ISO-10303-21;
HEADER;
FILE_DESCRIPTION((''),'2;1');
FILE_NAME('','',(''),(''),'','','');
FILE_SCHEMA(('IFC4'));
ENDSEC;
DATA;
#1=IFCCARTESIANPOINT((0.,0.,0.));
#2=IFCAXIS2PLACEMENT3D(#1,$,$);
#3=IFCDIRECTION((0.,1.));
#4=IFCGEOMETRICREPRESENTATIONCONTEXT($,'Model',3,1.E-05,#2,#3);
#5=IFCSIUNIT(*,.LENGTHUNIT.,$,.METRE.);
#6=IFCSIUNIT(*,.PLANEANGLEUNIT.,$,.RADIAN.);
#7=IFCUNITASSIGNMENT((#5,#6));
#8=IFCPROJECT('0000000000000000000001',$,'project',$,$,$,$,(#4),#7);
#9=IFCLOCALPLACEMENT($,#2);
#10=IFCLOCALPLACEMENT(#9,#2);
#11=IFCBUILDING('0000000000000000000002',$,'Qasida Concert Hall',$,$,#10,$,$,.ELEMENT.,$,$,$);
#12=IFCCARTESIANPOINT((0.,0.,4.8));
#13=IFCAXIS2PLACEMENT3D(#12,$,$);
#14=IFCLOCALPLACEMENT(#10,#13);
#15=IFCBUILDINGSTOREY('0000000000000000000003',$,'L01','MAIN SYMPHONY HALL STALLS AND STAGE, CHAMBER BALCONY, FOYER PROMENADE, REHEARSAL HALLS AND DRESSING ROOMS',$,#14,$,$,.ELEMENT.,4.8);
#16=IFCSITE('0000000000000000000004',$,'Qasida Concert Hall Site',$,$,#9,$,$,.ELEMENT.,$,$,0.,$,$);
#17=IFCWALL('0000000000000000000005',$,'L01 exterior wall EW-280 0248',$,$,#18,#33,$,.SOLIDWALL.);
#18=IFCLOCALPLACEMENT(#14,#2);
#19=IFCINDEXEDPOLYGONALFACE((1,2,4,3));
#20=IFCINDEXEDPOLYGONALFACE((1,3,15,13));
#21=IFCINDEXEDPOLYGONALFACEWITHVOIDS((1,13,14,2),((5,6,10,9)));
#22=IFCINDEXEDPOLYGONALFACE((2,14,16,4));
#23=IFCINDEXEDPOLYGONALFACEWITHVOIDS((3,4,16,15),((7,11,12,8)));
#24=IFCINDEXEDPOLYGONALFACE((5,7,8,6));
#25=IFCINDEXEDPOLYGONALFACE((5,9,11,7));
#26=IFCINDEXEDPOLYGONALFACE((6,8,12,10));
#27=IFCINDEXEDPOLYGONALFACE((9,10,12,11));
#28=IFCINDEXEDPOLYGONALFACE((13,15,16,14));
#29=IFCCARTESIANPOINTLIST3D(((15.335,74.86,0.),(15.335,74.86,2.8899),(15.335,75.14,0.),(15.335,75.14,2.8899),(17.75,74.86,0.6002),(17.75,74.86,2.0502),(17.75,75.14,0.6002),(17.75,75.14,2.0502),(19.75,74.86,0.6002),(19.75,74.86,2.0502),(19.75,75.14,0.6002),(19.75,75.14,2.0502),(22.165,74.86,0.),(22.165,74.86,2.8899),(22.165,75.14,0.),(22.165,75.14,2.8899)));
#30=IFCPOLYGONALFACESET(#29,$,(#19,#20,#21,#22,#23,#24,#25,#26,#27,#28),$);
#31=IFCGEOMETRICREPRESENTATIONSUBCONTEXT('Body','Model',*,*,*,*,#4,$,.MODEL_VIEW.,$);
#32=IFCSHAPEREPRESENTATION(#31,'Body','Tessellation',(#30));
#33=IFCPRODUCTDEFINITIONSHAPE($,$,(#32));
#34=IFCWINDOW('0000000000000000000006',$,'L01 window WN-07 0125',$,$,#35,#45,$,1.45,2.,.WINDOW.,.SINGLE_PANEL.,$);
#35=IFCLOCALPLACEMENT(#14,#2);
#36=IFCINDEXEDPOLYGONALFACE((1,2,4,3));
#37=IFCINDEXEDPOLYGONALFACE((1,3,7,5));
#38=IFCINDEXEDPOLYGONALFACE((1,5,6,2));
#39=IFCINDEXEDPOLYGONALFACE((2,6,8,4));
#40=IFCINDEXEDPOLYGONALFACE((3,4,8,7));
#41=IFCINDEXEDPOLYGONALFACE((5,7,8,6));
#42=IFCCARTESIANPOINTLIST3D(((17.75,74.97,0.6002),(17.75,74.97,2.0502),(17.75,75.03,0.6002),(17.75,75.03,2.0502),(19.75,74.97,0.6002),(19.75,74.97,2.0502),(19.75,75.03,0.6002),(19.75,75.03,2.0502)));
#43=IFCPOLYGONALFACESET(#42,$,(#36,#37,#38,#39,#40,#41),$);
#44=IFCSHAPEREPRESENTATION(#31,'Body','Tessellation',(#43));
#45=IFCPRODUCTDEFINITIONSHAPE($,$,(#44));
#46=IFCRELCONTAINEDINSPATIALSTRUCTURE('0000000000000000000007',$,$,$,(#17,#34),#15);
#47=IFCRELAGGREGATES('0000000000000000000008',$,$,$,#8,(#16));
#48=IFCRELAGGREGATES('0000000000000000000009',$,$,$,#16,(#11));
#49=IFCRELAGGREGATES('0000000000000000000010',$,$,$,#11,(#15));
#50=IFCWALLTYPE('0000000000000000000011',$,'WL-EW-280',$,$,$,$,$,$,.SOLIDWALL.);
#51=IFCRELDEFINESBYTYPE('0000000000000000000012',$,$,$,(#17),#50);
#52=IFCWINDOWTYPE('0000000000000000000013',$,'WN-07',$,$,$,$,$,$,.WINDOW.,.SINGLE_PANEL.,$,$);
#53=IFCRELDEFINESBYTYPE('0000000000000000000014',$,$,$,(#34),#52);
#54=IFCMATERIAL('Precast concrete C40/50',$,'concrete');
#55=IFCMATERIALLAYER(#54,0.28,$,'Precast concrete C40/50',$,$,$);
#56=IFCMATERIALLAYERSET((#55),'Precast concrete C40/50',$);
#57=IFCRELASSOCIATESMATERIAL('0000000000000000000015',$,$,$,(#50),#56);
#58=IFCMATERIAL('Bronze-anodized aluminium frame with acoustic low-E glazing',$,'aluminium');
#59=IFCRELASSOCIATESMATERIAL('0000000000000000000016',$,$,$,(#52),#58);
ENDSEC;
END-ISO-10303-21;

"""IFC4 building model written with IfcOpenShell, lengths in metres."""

from ifc_helpers import new_model, si_unit, direction, frame, frame_2d, origin, place, context, subcontext, project, spatial, rectangle, extrude, material, layer, layer_set, type_object, element, fill, save


model = new_model("IFC4")

# Units and contexts
model_context = context("Model", 3, precision=1e-05, world=origin(), true_north=direction((0.0, 1.0)))
body_context = subcontext(model_context, "Body", "Model", "MODEL_VIEW")
ifc_project = project(units=[si_unit("LENGTHUNIT", "METRE"), si_unit("PLANEANGLEUNIT", "RADIAN")], contexts=[model_context])

# Site, building, storey
site_placement = place(None, origin())
site = spatial("IfcSite", under=ifc_project, at=site_placement, Name="Qasida Concert Hall Site", CompositionType="ELEMENT", RefElevation=0.0)
building_placement = place(site_placement, origin())
building = spatial("IfcBuilding", under=site, at=building_placement, Name="Qasida Concert Hall", CompositionType="ELEMENT")
storey_placement = place(building_placement, frame((0.0, 0.0, 4.8)))
storey = spatial("IfcBuildingStorey", under=building, at=storey_placement, Name="L01", Description="MAIN SYMPHONY HALL STALLS AND STAGE, CHAMBER BALCONY, FOYER PROMENADE, REHEARSAL HALLS AND DRESSING ROOMS", CompositionType="ELEMENT", Elevation=4.8)

# Wall, opening, window
ifc_material_1 = material(Name="Precast concrete C40/50", Category="concrete")
ifc_layer_1 = layer(ifc_material_1, 0.28, Name="Precast concrete C40/50")
ifc_layer_set_1 = layer_set([ifc_layer_1], Name="Precast concrete C40/50")
wall_type = type_object("IfcWallType", Name="WL-EW-280", PredefinedType="SOLIDWALL", material=ifc_layer_set_1)
wall_placement = place(storey_placement, frame((15.335, 75.0, 0.0), z_axis=(0.0, 0.0, 1.0), x_axis=(1.0, 0.0, 0.0)))
wall = element("IfcWall", 1, at=wall_placement, inside=storey, type_object=wall_type, Name="L01 exterior wall EW-280 0248", PredefinedType="SOLIDWALL", context=body_context, shape_type="SweptSolid", body=[
    extrude(rectangle(XDim=6.8301, YDim=0.28, at=frame_2d((3.415, 0.0))), origin(), (0.0, 0.0, 1.0), 2.8899),
])
opening_placement = place(wall_placement, frame((2.415, 0.0, 0.6001)))
opening = element("IfcOpeningElement", 2, at=opening_placement, cuts=wall, PredefinedType="OPENING", context=body_context, shape_type="SweptSolid", body=[
    extrude(rectangle(XDim=2.0, YDim=1.45, at=frame_2d((1.0, 0.7251))), frame((0.0, 0.1499, 0.0), z_axis=(0.0, -1.0, 0.0), x_axis=(1.0, 0.0, 0.0)), (0.0, 0.0, 1.0), 0.3),
])
ifc_material_2 = material(Name="Bronze-anodized aluminium frame with acoustic low-E glazing", Category="aluminium")
window_type = type_object("IfcWindowType", Name="WN-07", PartitioningType="SINGLE_PANEL", PredefinedType="WINDOW", material=ifc_material_2)
window_placement = place(opening_placement, origin())
window = element("IfcWindow", 3, at=window_placement, inside=storey, type_object=window_type, Name="L01 window WN-07 0125", OverallHeight=1.45, OverallWidth=2.0, PartitioningType="SINGLE_PANEL", PredefinedType="WINDOW", context=body_context, shape_type="SweptSolid", body=[
    extrude(rectangle(XDim=2.0, YDim=1.45, at=frame_2d((1.0, 0.7251))), frame((0.0, 0.03, 0.0), z_axis=(0.0, -1.0, 0.0), x_axis=(1.0, 0.0, 0.0)), (0.0, 0.0, 1.0), 0.0601),
])
fill(opening, window)

save(model, "model.ifc")
